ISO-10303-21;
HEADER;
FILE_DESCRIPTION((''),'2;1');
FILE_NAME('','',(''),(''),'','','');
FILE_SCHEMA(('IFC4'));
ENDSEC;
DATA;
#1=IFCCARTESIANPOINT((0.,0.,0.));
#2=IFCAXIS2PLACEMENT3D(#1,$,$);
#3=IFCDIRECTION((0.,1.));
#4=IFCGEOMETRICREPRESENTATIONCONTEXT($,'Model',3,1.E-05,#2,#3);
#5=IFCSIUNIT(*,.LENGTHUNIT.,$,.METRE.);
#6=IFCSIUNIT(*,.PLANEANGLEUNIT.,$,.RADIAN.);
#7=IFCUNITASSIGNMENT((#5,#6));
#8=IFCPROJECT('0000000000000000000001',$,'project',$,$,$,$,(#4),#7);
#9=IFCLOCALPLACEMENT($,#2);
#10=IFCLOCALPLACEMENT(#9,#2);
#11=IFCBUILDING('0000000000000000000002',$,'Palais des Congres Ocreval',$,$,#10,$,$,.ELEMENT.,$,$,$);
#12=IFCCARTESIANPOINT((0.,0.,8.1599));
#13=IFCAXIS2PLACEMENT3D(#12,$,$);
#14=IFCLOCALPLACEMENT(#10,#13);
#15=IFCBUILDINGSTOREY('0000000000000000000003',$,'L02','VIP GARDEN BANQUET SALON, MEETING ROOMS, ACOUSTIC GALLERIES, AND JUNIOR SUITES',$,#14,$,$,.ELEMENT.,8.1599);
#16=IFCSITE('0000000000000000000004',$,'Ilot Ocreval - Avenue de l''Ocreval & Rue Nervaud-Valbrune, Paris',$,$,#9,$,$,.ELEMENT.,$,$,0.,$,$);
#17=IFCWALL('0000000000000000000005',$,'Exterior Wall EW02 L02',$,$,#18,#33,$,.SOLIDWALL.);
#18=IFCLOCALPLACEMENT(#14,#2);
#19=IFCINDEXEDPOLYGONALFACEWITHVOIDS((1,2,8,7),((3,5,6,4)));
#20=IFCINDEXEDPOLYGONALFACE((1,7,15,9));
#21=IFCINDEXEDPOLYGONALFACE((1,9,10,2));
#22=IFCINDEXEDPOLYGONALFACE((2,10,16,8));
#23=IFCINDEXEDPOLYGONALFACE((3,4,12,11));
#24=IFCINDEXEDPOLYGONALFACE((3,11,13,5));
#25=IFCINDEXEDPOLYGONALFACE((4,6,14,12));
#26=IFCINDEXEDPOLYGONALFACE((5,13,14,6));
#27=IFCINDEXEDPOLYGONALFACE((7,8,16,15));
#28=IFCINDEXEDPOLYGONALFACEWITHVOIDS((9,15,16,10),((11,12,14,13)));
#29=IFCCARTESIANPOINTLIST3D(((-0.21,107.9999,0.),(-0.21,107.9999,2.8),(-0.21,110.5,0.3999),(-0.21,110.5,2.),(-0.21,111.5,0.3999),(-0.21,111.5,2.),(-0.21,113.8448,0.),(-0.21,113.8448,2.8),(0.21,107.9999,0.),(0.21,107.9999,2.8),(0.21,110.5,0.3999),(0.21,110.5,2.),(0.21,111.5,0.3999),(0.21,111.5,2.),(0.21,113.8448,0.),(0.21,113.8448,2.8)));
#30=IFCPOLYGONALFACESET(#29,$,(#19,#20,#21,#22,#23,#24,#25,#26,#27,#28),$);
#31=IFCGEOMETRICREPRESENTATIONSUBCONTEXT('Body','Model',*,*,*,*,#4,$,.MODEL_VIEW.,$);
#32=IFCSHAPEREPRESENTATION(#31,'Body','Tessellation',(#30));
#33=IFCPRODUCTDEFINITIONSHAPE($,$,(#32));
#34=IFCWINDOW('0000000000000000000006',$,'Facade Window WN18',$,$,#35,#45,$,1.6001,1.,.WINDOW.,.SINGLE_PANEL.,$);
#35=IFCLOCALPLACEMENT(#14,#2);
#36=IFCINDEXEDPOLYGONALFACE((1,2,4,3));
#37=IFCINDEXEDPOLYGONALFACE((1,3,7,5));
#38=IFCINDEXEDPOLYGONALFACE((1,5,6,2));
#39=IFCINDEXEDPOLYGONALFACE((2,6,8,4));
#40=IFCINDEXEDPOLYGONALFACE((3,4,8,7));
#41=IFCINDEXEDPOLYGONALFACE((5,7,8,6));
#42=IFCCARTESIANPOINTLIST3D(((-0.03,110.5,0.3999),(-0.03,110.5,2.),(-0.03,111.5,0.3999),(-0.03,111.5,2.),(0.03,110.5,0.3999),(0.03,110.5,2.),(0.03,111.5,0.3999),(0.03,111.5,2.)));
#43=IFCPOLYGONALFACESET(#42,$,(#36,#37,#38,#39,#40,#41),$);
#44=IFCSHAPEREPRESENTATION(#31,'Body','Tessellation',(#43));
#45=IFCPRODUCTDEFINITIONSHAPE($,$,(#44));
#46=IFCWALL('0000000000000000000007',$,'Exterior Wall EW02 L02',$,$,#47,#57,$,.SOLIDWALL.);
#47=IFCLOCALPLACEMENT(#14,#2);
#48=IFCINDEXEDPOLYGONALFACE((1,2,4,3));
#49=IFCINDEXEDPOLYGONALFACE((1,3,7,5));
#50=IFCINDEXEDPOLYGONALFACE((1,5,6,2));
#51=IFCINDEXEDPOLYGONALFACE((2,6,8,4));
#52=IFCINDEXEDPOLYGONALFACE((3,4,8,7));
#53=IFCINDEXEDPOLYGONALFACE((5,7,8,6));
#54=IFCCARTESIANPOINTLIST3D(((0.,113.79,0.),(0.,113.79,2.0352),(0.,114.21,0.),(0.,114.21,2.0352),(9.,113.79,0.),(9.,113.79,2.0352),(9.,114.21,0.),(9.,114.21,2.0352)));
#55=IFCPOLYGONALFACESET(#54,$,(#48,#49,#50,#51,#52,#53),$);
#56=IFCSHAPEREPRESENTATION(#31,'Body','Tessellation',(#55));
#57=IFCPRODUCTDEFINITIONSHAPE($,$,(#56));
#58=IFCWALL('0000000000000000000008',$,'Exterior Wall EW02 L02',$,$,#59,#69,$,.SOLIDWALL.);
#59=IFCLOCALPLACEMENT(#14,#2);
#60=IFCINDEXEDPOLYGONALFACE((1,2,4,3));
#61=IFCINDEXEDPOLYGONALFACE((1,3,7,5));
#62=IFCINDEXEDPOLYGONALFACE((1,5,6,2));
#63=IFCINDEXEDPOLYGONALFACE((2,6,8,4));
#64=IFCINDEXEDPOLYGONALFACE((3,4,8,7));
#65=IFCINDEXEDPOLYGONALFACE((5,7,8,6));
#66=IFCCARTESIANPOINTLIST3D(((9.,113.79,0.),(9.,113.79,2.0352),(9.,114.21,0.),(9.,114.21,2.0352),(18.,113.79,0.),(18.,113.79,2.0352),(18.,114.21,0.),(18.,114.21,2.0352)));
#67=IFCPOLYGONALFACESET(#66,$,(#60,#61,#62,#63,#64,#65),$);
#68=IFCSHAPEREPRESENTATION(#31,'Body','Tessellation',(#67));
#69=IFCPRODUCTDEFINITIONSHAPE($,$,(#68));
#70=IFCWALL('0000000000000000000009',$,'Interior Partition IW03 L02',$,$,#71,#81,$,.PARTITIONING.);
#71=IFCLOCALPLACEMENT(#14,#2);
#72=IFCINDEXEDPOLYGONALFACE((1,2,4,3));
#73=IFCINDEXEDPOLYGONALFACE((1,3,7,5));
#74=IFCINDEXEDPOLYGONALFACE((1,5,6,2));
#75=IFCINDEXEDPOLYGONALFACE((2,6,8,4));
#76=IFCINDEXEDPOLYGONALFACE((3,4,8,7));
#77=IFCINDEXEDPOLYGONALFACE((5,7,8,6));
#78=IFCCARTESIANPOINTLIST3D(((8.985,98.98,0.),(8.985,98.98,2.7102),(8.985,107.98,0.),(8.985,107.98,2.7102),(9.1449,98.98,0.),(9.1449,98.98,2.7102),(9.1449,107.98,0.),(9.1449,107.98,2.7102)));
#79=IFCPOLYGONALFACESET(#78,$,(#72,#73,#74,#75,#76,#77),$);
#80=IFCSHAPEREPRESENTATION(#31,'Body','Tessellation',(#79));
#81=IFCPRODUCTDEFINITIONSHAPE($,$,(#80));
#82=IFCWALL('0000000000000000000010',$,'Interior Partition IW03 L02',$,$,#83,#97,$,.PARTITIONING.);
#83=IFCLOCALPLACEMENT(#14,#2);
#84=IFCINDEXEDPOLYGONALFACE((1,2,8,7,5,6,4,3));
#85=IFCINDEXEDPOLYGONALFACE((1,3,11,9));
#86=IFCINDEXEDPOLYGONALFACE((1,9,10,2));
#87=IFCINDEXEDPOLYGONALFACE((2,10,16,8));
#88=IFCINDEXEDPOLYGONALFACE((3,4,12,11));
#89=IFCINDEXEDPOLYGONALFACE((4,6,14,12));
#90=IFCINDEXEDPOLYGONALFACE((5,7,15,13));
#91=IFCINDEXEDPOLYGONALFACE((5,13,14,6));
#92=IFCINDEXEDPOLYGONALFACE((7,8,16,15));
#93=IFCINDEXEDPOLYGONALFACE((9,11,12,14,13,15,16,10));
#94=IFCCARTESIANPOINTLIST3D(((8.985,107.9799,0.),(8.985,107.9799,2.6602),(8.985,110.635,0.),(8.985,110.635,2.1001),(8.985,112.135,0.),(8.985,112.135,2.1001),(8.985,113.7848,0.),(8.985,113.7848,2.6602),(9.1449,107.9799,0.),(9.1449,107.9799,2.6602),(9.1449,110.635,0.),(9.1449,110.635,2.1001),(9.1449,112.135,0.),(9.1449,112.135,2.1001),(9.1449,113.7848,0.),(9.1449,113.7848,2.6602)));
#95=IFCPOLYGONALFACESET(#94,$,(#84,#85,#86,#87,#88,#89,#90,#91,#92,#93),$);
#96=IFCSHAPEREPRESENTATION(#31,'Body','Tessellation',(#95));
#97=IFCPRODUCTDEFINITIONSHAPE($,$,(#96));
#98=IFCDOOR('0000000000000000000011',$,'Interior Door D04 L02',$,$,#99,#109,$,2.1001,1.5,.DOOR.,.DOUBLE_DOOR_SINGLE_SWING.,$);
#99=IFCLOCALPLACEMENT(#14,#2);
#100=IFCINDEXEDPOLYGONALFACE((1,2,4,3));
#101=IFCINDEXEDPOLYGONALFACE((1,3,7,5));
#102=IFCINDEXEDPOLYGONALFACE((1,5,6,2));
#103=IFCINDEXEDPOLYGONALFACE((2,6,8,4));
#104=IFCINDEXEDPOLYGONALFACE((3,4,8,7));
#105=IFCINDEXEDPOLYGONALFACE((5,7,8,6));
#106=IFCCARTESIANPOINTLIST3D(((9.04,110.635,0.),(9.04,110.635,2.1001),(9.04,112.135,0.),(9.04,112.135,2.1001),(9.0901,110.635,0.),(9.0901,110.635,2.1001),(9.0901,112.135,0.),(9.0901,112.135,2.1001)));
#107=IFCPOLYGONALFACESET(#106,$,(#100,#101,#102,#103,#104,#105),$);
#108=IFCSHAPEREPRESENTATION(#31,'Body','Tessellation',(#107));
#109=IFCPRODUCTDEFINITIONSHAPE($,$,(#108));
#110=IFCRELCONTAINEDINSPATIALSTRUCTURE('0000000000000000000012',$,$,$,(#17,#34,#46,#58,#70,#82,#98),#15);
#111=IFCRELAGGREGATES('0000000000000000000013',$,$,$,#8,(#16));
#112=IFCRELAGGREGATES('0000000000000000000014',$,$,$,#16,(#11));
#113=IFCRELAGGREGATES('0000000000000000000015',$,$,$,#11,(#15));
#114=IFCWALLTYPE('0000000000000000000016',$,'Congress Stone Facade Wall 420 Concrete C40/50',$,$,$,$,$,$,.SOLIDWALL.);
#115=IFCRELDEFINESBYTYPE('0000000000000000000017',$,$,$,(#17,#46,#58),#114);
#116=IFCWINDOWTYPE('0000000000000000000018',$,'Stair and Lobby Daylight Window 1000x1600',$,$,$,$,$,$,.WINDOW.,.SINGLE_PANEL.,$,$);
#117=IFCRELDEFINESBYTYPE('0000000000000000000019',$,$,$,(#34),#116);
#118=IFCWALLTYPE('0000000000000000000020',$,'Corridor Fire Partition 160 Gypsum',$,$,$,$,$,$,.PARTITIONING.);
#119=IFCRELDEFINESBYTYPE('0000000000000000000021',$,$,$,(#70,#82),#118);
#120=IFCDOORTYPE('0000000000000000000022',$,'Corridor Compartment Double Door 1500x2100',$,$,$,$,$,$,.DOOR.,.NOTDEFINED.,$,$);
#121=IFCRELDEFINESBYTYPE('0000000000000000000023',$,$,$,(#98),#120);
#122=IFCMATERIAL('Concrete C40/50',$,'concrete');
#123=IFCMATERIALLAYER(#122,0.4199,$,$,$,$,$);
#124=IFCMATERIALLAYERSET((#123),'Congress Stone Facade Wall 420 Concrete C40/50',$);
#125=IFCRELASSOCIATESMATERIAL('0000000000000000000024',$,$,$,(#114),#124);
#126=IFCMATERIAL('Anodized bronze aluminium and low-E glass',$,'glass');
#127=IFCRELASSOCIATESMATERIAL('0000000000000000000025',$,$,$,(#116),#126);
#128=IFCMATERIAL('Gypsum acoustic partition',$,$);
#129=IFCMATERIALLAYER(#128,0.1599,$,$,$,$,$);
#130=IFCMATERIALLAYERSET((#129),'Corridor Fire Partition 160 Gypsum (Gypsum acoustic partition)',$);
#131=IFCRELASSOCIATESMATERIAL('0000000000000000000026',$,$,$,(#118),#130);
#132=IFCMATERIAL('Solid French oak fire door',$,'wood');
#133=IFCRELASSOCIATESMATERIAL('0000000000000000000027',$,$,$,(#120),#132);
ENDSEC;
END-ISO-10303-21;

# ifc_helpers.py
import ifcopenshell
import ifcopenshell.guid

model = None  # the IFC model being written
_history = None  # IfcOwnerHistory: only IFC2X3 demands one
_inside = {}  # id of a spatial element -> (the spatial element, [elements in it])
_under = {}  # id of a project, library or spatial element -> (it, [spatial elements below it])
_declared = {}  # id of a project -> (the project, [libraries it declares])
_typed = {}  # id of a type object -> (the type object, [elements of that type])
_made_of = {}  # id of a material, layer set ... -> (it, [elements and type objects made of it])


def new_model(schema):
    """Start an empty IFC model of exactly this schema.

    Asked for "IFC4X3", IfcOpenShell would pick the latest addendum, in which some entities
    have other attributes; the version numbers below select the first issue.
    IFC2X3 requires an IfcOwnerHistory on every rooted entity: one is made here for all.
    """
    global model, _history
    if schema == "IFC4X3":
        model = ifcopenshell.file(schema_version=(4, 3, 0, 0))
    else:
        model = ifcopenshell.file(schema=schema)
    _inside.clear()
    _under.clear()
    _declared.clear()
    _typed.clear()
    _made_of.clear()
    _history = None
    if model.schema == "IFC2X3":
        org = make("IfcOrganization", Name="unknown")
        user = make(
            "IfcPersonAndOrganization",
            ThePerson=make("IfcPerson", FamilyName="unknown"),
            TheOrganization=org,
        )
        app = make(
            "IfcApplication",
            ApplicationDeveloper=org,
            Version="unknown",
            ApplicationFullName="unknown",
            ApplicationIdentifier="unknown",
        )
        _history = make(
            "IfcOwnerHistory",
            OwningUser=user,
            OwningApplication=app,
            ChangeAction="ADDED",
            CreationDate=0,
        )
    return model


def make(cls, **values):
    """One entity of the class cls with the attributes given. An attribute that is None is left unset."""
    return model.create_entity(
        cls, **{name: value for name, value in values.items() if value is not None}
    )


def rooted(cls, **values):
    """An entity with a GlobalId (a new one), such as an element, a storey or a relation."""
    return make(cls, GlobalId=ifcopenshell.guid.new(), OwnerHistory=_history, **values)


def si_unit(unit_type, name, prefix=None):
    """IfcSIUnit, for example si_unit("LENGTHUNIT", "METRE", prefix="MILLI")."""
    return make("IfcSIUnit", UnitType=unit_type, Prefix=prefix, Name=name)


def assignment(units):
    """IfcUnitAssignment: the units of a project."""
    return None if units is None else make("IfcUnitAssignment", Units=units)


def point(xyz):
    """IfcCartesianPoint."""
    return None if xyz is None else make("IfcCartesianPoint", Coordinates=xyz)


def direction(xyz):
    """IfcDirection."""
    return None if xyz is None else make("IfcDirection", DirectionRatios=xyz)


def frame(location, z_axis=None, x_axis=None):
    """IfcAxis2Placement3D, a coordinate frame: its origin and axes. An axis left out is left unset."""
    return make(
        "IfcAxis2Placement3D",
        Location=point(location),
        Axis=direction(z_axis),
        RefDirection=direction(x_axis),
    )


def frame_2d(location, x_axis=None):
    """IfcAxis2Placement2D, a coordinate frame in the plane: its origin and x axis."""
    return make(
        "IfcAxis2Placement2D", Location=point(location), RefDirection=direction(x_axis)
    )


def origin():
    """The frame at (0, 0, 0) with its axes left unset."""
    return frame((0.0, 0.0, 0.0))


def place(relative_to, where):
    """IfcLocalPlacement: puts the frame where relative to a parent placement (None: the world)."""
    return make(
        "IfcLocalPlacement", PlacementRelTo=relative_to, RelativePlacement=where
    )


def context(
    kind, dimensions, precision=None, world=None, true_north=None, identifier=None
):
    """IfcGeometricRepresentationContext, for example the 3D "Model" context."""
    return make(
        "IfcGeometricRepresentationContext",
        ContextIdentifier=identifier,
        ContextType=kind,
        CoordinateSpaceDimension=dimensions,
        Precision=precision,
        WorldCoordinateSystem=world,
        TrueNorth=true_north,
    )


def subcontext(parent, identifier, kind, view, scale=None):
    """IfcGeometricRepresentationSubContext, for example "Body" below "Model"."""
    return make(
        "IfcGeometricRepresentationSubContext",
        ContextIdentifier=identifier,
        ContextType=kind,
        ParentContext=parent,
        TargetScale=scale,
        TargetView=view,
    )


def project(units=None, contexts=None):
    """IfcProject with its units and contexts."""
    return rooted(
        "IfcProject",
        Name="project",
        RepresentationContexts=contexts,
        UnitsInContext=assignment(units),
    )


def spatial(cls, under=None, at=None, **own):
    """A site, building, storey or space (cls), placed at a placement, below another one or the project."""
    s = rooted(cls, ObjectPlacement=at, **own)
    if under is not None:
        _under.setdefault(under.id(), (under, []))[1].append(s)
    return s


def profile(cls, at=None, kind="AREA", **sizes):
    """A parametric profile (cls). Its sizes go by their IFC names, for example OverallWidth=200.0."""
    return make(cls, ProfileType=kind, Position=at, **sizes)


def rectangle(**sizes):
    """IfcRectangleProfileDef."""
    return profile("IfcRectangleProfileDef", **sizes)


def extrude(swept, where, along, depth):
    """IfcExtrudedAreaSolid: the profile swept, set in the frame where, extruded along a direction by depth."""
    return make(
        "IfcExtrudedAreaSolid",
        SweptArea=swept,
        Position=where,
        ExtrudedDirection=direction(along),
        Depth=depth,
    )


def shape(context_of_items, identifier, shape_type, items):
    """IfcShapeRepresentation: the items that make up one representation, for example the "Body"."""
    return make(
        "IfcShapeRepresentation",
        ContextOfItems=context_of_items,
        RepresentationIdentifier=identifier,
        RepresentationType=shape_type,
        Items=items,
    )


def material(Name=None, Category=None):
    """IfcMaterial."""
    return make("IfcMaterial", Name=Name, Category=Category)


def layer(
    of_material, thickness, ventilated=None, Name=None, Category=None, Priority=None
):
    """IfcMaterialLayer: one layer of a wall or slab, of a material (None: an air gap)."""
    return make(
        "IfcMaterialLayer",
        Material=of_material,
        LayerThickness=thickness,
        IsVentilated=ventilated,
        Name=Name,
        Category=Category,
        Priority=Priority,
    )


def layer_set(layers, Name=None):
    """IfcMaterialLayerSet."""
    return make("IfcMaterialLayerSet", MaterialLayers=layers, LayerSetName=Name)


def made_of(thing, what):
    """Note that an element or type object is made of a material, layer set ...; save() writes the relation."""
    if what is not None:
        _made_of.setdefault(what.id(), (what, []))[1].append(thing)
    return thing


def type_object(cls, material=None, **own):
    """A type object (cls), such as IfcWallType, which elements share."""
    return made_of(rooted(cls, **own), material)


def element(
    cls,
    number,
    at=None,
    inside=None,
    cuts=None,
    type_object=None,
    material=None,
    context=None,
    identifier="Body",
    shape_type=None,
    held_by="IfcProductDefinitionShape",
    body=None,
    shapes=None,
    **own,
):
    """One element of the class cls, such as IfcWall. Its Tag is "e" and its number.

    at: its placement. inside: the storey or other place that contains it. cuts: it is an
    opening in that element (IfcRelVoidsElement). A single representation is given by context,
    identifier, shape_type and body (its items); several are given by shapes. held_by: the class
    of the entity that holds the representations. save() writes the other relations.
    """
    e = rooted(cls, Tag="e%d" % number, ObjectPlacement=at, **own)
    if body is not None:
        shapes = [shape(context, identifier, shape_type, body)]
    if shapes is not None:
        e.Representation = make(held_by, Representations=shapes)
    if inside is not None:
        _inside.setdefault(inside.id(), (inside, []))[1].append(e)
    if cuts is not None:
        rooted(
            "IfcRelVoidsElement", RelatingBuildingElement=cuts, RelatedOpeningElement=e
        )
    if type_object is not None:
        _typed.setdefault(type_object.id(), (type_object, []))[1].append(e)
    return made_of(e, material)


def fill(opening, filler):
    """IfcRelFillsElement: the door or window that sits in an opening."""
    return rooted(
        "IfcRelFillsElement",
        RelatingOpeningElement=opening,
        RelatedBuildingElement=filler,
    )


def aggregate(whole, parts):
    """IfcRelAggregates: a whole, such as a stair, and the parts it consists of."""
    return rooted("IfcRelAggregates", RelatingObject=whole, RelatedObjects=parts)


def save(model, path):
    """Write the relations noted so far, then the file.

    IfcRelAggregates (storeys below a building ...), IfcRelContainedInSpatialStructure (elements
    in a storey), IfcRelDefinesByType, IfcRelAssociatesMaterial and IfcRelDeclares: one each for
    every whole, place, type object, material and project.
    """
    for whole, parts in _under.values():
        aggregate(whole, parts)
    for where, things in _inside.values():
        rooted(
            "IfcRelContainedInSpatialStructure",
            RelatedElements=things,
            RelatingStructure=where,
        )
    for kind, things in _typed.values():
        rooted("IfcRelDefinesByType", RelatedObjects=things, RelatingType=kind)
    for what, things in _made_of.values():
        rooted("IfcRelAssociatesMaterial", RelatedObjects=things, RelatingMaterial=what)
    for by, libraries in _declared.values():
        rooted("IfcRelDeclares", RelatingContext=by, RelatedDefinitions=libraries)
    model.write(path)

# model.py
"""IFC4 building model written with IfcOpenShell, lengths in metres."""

from ifc_helpers import new_model, si_unit, direction, frame, frame_2d, origin, place, context, subcontext, project, spatial, rectangle, extrude, material, layer, layer_set, type_object, element, fill, save


model = new_model("IFC4")

# Units and contexts
model_context = context("Model", 3, precision=1e-05, world=origin(), true_north=direction((0.0, 1.0)))
body_context = subcontext(model_context, "Body", "Model", "MODEL_VIEW")
ifc_project = project(units=[si_unit("LENGTHUNIT", "METRE"), si_unit("PLANEANGLEUNIT", "RADIAN")], contexts=[model_context])

# Site, building, storey
site_placement = place(None, origin())
site = spatial("IfcSite", under=ifc_project, at=site_placement, Name="Ilot Ocreval - Avenue de l'Ocreval & Rue Nervaud-Valbrune, Paris", CompositionType="ELEMENT", RefElevation=0.0)
building_placement = place(site_placement, origin())
building = spatial("IfcBuilding", under=site, at=building_placement, Name="Palais des Congres Ocreval", CompositionType="ELEMENT")
storey_placement = place(building_placement, frame((0.0, 0.0, 8.1599)))
storey = spatial("IfcBuildingStorey", under=building, at=storey_placement, Name="L02", Description="VIP GARDEN BANQUET SALON, MEETING ROOMS, ACOUSTIC GALLERIES, AND JUNIOR SUITES", CompositionType="ELEMENT", Elevation=8.1599)

# Wall, opening, window
ifc_material_1 = material(Name="Concrete C40/50", Category="concrete")
ifc_layer_1 = layer(ifc_material_1, 0.4199)
ifc_layer_set_1 = layer_set([ifc_layer_1], Name="Congress Stone Facade Wall 420 Concrete C40/50")
wall_type_1 = type_object("IfcWallType", Name="Congress Stone Facade Wall 420 Concrete C40/50", PredefinedType="SOLIDWALL", material=ifc_layer_set_1)
ifc_material_2 = material(Name="Anodized bronze aluminium and low-E glass", Category="glass")
window_type = type_object("IfcWindowType", Name="Stair and Lobby Daylight Window 1000x1600", PartitioningType="SINGLE_PANEL", PredefinedType="WINDOW", material=ifc_material_2)
wall_1_placement = place(storey_placement, frame((0.0, 108.0, 0.0), z_axis=(0.0, 0.0, 1.0), x_axis=(0.0, 1.0, 0.0)))
wall_1 = element("IfcWall", 1, at=wall_1_placement, inside=storey, type_object=wall_type_1, Name="Exterior Wall EW02 L02", PredefinedType="SOLIDWALL", context=body_context, shape_type="SweptSolid", body=[
    extrude(rectangle(XDim=5.845, YDim=0.4199, at=frame_2d((2.9224, 0.0))), origin(), (0.0, 0.0, 1.0), 2.8),
])
opening_1_placement = place(wall_1_placement, frame((2.5, 0.0, 0.3999)))
opening_1 = element("IfcOpeningElement", 2, at=opening_1_placement, cuts=wall_1, PredefinedType="OPENING", context=body_context, shape_type="SweptSolid", body=[
    extrude(rectangle(XDim=1.0, YDim=1.6001, at=frame_2d((0.5, 0.8))), frame((0.0, 0.22, 0.0), z_axis=(0.0, -1.0, 0.0), x_axis=(1.0, 0.0, 0.0)), (0.0, 0.0, 1.0), 0.4399),
])
window_1_placement = place(opening_1_placement, origin())
window_1 = element("IfcWindow", 3, at=window_1_placement, inside=storey, type_object=window_type, Name="Facade Window WN18", OverallHeight=1.6001, OverallWidth=1.0, PartitioningType="SINGLE_PANEL", PredefinedType="WINDOW", context=body_context, shape_type="SweptSolid", body=[
    extrude(rectangle(XDim=1.0, YDim=1.6001, at=frame_2d((0.5, 0.8))), frame((0.0, 0.03, 0.0), z_axis=(0.0, -1.0, 0.0), x_axis=(1.0, 0.0, 0.0)), (0.0, 0.0, 1.0), 0.0601),
])
fill(opening_1, window_1)

# Walls
for number, where, z_axis, x_axis, name in (
    (4, (0.0, 114.0, 0.0), (0.0, 0.0, 1.0), (1.0, 0.0, 0.0), "Exterior Wall EW02 L02"),
    (5, (9.0, 114.0, 0.0), (0.0, 0.0, 1.0), (1.0, 0.0, 0.0), "Exterior Wall EW02 L02"),
):
    element("IfcWall", number, at=place(storey_placement, frame(where, z_axis=z_axis, x_axis=x_axis)), inside=storey, type_object=wall_type_1, Name=name, PredefinedType="SOLIDWALL", context=body_context, shape_type="SweptSolid", body=[
        extrude(rectangle(XDim=9.0, YDim=0.4199, at=frame_2d((4.5, 0.0))), origin(), (0.0, 0.0, 1.0), 2.0352),
    ])
ifc_material_3 = material(Name="Gypsum acoustic partition")
ifc_layer_2 = layer(ifc_material_3, 0.1599)
ifc_layer_set_2 = layer_set([ifc_layer_2], Name="Corridor Fire Partition 160 Gypsum (Gypsum acoustic partition)")
wall_type_2 = type_object("IfcWallType", Name="Corridor Fire Partition 160 Gypsum", PredefinedType="PARTITIONING", material=ifc_layer_set_2)
wall_2_placement = place(storey_placement, frame((9.0649, 98.98, 0.0), z_axis=(0.0, 0.0, 1.0), x_axis=(0.0, 1.0, 0.0)))
element("IfcWall", 6, at=wall_2_placement, inside=storey, type_object=wall_type_2, Name="Interior Partition IW03 L02", PredefinedType="PARTITIONING", context=body_context, shape_type="SweptSolid", body=[
    extrude(rectangle(XDim=9.0, YDim=0.1599, at=frame_2d((4.5, 0.0))), origin(), (0.0, 0.0, 1.0), 2.7102),
])

# Wall, opening, door
wall_3_placement = place(storey_placement, frame((9.0649, 107.98, 0.0), z_axis=(0.0, 0.0, 1.0), x_axis=(0.0, 1.0, 0.0)))
wall_3 = element("IfcWall", 7, at=wall_3_placement, inside=storey, type_object=wall_type_2, Name="Interior Partition IW03 L02", PredefinedType="PARTITIONING", context=body_context, shape_type="SweptSolid", body=[
    extrude(rectangle(XDim=5.8049, YDim=0.1599, at=frame_2d((2.9023, 0.0))), origin(), (0.0, 0.0, 1.0), 2.6602),
])
opening_2_placement = place(wall_3_placement, frame((2.655, 0.0, 0.0)))
opening_2 = element("IfcOpeningElement", 8, at=opening_2_placement, cuts=wall_3, PredefinedType="OPENING", context=body_context, shape_type="SweptSolid", body=[
    extrude(rectangle(XDim=1.5, YDim=2.1001, at=frame_2d((0.75, 1.05))), frame((0.0, 0.0898, 0.0), z_axis=(0.0, -1.0, 0.0), x_axis=(1.0, 0.0, 0.0)), (0.0, 0.0, 1.0), 0.1799),
])
ifc_material_4 = material(Name="Solid French oak fire door", Category="wood")
door_type = type_object("IfcDoorType", Name="Corridor Compartment Double Door 1500x2100", OperationType="NOTDEFINED", PredefinedType="DOOR", material=ifc_material_4)
door_placement = place(opening_2_placement, origin())
door = element("IfcDoor", 9, at=door_placement, inside=storey, type_object=door_type, Name="Interior Door D04 L02", OperationType="DOUBLE_DOOR_SINGLE_SWING", OverallHeight=2.1001, OverallWidth=1.5, PredefinedType="DOOR", context=body_context, shape_type="SweptSolid", body=[
    extrude(rectangle(XDim=1.5, YDim=2.1001, at=frame_2d((0.75, 1.05))), frame((0.0, 0.0249, 0.0), z_axis=(0.0, -1.0, 0.0), x_axis=(1.0, 0.0, 0.0)), (0.0, 0.0, 1.0), 0.05),
])
fill(opening_2, door)

save(model, "model.ifc")
